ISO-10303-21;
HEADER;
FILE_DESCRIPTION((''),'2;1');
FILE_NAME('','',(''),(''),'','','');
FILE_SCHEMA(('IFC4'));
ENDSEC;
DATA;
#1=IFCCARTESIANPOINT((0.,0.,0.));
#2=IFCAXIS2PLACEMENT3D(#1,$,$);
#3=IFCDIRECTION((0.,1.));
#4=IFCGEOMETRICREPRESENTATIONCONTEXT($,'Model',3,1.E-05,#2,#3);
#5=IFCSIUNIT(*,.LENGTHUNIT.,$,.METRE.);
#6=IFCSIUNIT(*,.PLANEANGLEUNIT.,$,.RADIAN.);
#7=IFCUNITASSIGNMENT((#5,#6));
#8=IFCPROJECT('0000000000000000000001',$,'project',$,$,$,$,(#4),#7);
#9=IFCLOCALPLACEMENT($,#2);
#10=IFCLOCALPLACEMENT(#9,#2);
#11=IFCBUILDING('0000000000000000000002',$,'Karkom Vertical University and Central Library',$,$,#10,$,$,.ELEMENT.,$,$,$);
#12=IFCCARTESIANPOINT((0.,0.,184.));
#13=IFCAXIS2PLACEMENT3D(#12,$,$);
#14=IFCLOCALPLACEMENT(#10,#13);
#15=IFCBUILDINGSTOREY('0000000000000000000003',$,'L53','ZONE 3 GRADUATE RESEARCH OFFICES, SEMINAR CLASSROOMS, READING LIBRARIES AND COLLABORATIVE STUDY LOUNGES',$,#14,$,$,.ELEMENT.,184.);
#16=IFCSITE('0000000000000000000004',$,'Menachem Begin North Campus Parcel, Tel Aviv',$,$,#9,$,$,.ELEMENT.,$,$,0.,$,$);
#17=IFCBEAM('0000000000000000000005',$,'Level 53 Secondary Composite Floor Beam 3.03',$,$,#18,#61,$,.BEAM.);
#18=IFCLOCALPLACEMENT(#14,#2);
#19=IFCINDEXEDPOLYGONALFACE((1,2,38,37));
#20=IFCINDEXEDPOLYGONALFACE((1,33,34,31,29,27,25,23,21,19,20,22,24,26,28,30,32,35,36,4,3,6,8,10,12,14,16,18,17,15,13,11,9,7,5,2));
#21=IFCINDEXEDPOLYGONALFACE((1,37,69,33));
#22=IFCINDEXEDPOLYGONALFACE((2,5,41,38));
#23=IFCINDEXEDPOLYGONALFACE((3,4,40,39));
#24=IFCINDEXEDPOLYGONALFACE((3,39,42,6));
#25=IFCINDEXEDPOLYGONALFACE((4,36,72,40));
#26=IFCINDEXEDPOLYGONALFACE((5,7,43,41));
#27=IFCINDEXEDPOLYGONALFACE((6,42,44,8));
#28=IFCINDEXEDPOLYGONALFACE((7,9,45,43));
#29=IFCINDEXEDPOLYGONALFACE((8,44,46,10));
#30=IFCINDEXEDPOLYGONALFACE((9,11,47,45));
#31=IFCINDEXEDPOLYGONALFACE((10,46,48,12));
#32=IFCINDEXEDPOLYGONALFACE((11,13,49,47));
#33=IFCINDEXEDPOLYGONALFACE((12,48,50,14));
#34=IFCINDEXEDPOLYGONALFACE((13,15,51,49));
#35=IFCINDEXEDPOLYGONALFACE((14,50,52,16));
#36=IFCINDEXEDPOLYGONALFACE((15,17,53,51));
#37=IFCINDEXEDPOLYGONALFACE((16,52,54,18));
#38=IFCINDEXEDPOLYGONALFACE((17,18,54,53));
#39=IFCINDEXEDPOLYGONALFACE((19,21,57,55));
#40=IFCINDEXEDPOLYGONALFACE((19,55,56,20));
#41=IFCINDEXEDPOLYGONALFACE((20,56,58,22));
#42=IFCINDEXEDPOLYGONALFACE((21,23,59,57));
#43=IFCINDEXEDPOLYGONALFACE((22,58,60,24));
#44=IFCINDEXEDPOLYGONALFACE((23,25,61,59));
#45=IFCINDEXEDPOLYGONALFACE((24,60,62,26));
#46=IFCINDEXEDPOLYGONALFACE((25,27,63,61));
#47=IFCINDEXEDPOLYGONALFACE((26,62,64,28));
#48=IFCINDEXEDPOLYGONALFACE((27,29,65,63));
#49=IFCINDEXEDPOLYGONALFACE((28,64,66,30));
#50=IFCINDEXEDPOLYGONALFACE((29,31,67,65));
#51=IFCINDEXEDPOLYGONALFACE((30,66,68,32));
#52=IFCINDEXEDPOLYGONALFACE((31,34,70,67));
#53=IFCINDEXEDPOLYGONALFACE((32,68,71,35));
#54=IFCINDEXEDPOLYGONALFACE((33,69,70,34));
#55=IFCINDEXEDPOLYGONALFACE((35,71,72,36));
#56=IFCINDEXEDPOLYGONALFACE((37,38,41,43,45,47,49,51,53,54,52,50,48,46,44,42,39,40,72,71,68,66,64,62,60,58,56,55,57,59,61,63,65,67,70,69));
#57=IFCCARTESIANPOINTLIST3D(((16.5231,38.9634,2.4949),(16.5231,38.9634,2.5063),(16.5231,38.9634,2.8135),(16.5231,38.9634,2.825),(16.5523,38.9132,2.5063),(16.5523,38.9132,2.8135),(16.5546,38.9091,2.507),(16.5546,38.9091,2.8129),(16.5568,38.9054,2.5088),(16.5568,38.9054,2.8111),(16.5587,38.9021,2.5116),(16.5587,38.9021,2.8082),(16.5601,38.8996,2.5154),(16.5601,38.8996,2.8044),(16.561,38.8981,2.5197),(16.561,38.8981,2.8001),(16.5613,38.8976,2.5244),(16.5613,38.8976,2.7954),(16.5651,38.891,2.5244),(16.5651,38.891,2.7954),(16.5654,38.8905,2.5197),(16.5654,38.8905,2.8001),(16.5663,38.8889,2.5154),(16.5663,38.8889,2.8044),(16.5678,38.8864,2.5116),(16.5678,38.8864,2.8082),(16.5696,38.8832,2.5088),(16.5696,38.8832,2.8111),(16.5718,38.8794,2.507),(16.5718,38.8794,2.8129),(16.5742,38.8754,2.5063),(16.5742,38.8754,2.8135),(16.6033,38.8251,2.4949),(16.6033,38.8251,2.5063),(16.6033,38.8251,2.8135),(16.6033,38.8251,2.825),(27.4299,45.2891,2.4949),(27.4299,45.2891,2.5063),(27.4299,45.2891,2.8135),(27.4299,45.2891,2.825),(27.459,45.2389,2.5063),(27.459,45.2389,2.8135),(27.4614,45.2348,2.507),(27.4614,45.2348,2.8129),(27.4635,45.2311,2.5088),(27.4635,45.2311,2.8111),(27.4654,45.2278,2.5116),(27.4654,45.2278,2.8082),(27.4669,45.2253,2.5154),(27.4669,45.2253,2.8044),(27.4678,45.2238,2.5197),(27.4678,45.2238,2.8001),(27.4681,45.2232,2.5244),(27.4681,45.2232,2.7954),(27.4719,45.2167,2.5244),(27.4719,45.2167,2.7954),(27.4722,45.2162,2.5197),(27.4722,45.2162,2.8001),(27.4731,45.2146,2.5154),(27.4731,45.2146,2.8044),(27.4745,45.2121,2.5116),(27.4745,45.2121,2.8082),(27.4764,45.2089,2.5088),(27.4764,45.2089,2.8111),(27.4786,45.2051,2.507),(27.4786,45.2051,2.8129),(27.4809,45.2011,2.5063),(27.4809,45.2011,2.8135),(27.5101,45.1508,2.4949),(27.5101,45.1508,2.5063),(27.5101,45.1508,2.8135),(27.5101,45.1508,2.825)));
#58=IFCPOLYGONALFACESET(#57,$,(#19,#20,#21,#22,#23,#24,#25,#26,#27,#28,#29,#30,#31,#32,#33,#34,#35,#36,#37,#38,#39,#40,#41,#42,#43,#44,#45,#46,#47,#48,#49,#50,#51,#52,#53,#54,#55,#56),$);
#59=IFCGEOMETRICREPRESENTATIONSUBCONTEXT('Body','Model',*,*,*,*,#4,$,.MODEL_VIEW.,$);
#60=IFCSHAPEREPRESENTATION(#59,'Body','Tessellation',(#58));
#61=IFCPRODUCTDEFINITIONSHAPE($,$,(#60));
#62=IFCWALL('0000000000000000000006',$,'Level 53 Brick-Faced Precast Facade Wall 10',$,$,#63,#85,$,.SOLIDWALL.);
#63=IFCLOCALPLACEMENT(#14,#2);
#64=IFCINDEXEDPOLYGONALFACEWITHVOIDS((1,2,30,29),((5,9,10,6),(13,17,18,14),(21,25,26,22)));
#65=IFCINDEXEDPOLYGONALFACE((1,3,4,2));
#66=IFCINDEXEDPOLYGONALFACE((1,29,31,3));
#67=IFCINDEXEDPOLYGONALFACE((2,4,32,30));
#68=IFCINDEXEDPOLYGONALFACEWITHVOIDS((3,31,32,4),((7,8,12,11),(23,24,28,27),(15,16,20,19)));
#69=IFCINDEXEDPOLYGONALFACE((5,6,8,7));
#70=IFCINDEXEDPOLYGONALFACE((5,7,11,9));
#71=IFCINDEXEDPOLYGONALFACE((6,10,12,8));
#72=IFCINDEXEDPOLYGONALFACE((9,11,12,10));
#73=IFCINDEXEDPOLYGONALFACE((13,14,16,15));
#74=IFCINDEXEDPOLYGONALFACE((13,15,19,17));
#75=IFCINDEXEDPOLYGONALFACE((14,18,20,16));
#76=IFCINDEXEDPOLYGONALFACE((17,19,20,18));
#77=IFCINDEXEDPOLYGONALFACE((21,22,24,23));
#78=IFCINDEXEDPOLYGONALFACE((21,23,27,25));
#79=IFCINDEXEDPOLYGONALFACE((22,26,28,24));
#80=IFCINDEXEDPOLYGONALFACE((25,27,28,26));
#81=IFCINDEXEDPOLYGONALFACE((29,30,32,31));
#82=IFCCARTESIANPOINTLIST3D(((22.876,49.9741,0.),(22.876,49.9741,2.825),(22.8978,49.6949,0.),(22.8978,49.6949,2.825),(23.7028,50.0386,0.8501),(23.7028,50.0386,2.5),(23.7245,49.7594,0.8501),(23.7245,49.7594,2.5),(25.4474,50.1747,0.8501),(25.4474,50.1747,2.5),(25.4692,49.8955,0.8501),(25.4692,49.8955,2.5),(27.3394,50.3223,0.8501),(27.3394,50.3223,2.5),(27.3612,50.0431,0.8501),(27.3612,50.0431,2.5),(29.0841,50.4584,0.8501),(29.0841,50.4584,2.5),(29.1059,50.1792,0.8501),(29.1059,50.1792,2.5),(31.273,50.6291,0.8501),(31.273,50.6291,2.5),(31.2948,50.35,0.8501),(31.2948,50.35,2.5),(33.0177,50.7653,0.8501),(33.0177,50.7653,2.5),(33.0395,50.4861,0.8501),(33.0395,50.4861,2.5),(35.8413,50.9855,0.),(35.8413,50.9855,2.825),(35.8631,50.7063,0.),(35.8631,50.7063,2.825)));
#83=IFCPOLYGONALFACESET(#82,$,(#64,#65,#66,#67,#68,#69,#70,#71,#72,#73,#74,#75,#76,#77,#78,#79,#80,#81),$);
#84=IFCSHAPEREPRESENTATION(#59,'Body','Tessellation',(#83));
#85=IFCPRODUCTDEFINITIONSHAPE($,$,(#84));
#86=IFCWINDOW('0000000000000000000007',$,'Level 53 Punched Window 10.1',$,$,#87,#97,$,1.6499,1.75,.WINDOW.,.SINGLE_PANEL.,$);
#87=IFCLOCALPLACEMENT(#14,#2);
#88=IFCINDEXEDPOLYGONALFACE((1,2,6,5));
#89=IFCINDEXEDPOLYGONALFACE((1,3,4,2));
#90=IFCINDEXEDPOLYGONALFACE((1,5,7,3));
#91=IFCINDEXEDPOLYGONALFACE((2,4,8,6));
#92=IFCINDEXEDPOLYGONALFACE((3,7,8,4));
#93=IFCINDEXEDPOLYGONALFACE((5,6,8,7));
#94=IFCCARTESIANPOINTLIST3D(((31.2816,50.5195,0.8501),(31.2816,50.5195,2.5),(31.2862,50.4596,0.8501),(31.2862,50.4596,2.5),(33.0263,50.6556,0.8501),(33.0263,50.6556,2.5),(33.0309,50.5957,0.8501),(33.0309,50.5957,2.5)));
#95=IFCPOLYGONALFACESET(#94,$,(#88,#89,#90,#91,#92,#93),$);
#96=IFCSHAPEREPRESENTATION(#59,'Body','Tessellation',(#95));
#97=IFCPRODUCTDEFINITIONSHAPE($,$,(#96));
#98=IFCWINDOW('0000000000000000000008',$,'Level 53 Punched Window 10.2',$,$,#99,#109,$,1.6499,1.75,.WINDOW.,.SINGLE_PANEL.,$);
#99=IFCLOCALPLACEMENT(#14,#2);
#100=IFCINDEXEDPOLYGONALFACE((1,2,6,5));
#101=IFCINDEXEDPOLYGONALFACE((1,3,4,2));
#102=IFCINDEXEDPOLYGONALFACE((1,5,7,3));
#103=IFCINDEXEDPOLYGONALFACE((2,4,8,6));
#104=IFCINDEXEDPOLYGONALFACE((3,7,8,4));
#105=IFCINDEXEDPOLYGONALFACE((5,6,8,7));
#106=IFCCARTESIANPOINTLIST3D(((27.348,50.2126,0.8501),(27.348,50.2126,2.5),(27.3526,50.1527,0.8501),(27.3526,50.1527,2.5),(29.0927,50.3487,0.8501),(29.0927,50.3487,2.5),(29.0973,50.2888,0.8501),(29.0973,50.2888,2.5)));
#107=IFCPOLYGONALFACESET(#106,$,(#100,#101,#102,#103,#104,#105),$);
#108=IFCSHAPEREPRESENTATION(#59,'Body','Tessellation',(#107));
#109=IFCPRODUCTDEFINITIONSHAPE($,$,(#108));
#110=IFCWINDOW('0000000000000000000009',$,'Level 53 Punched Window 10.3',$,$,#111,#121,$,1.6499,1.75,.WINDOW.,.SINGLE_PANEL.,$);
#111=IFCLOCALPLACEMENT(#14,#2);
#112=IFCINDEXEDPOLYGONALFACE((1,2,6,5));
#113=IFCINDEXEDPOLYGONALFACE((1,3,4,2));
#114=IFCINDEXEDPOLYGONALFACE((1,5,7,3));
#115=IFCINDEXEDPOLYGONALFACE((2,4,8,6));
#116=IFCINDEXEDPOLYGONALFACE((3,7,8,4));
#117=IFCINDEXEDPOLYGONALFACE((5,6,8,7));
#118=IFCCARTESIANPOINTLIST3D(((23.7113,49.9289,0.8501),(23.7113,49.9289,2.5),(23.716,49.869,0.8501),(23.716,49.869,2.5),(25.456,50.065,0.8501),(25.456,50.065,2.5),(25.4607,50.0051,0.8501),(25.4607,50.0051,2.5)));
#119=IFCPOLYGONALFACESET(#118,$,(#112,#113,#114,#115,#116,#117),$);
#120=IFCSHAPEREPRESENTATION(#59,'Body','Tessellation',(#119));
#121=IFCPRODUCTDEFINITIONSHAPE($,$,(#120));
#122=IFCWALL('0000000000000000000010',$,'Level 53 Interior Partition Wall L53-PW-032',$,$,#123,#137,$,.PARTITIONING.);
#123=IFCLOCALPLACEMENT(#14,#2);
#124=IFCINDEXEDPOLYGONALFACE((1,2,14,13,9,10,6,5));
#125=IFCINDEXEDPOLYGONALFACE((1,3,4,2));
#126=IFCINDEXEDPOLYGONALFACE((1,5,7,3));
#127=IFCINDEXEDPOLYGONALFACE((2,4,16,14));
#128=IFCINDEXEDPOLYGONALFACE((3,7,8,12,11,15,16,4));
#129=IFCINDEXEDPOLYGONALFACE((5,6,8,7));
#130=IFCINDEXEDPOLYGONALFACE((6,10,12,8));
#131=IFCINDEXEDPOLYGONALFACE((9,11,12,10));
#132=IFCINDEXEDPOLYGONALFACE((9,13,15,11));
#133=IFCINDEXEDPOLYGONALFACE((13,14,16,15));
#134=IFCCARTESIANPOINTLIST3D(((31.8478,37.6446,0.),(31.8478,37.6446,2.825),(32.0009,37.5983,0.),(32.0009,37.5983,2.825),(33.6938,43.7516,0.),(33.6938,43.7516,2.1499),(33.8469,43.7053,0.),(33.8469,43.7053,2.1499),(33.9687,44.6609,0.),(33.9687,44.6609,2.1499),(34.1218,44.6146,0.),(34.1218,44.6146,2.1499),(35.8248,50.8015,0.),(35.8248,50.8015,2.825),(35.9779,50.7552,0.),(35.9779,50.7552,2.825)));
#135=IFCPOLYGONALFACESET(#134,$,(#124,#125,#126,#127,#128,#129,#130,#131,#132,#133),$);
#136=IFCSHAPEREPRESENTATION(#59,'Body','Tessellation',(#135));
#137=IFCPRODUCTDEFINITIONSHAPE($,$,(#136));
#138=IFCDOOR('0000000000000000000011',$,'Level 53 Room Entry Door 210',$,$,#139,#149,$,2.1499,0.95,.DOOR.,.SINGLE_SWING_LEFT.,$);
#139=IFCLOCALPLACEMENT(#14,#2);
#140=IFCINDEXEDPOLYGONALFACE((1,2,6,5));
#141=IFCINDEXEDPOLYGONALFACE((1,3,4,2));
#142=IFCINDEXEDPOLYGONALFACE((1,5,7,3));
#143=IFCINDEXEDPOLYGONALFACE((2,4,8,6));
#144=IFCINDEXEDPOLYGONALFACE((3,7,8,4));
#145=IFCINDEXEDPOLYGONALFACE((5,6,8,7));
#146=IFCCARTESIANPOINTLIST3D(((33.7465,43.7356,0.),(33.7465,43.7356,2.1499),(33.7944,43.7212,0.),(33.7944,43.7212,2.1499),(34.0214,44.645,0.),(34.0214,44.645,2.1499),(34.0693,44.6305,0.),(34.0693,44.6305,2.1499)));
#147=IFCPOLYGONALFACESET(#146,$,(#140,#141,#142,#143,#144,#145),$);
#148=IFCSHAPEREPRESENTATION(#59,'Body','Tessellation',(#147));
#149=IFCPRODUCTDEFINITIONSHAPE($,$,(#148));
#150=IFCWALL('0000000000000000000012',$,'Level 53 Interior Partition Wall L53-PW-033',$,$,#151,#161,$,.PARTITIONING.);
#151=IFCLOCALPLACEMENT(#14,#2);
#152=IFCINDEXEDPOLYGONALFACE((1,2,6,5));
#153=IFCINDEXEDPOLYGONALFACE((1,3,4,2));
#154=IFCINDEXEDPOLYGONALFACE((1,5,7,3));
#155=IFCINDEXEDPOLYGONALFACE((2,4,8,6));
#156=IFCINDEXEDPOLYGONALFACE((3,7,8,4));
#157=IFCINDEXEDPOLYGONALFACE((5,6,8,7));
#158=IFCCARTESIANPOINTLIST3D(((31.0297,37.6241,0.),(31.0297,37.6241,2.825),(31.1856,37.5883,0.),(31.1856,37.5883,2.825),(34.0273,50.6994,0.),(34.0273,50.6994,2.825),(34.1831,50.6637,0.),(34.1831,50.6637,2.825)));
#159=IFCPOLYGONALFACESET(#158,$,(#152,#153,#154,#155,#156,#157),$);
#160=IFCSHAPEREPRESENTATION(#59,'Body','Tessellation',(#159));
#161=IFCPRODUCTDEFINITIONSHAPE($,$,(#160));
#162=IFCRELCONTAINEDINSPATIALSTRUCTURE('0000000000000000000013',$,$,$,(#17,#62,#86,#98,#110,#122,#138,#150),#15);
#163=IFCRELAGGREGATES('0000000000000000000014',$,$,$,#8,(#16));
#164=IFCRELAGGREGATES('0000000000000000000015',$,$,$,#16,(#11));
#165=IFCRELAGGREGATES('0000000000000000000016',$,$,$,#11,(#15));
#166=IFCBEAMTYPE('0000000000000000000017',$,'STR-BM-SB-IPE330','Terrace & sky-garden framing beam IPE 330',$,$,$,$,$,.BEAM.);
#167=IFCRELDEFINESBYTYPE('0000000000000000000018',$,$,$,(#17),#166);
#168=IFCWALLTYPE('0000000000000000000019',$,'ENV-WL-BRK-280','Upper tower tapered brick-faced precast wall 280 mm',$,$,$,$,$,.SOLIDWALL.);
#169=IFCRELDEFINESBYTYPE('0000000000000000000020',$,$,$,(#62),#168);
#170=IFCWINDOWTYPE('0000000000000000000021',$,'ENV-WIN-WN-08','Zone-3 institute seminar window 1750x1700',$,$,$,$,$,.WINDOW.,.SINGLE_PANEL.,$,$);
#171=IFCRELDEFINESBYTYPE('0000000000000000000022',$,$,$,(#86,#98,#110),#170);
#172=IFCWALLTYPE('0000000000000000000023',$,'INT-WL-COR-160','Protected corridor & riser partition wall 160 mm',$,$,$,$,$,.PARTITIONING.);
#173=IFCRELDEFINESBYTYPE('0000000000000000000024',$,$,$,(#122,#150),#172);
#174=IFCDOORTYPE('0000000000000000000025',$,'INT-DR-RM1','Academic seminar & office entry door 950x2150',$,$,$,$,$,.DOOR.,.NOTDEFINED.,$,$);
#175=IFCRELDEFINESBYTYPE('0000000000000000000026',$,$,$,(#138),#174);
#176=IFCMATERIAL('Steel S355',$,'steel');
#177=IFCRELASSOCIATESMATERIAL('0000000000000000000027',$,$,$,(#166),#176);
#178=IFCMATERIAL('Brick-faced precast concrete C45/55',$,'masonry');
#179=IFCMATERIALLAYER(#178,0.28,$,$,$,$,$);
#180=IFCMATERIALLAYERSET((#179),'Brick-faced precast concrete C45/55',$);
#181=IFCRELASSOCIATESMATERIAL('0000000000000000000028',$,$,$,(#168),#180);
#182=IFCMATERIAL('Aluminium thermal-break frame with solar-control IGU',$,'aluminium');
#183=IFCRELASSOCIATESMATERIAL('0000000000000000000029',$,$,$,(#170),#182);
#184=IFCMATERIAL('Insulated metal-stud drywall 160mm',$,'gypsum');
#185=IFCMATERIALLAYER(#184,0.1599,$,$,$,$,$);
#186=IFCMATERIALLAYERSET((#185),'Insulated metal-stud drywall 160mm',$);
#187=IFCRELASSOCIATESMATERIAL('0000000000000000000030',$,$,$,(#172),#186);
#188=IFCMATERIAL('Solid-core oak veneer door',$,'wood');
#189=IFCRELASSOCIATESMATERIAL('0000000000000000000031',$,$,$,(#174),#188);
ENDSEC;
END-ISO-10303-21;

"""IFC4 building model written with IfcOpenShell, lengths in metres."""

from ifc_helpers import new_model, si_unit, direction, frame, frame_2d, origin, origin_with_axes, origin_2d, place, context, subcontext, project, spatial, rectangle, i_section, extrude, source, transform, mapped, material, layer, layer_set, material_profile, profile_set, type_object, element, fill, save


model = new_model("IFC4")

# Units and contexts
model_context = context("Model", 3, precision=1e-05, world=origin(), true_north=direction((0.0, 1.0)))
body_context = subcontext(model_context, "Body", "Model", "MODEL_VIEW")
ifc_project = project(units=[si_unit("LENGTHUNIT", "METRE"), si_unit("PLANEANGLEUNIT", "RADIAN")], contexts=[model_context])

# Site, building, storey
site_placement = place(None, origin())
site = spatial("IfcSite", under=ifc_project, at=site_placement, Name="Menachem Begin North Campus Parcel, Tel Aviv", CompositionType="ELEMENT", RefElevation=0.0)
building_placement = place(site_placement, origin())
building = spatial("IfcBuilding", under=site, at=building_placement, Name="Karkom Vertical University and Central Library", CompositionType="ELEMENT")
storey_placement = place(building_placement, frame((0.0, 0.0, 184.0)))
storey = spatial("IfcBuildingStorey", under=building, at=storey_placement, Name="L53", Description="ZONE 3 GRADUATE RESEARCH OFFICES, SEMINAR CLASSROOMS, READING LIBRARIES AND COLLABORATIVE STUDY LOUNGES", CompositionType="ELEMENT", Elevation=184.0)

# Beam
ifc_material_1 = material(Name="Steel S355", Category="steel")
ifc_material_profile_1 = material_profile(ifc_material_1, i_section(OverallWidth=0.1599, OverallDepth=0.3301, WebThickness=0.0076, FlangeThickness=0.0115, FilletRadius=0.0181, at=origin_2d()), Name="IPE 330")
ifc_profile_set_1 = profile_set([ifc_material_profile_1], Name="Steel S355")
beam_type_1 = type_object("IfcBeamType", Name="STR-BM-SB-IPE330", Description="Terrace & sky-garden framing beam IPE 330", PredefinedType="BEAM", material=ifc_profile_set_1)
shared_shape_1 = source(origin_with_axes(), body_context, "Body", "SweptSolid", [
    extrude(i_section(OverallWidth=0.1599, OverallDepth=0.3301, WebThickness=0.0076, FlangeThickness=0.0115, FilletRadius=0.0181, at=origin_2d()), origin(), (0.0, 0.0, 1.0), 12.6084),
])
beam_1_placement = place(storey_placement, frame((27.47, 45.22, 2.6599), z_axis=(-0.865039, -0.501705, 0.0), x_axis=(0.501705, -0.865039, 0.0)))
element("IfcBeam", 1, at=beam_1_placement, inside=storey, type_object=beam_type_1, Name="Level 53 Secondary Composite Floor Beam 3.03", PredefinedType="BEAM", context=body_context, shape_type="MappedRepresentation", body=[
    mapped(shared_shape_1, transform((0.0, 0.0, 0.0), scale=1.0)),
])

# Wall, openings, windows
ifc_material_2 = material(Name="Brick-faced precast concrete C45/55", Category="masonry")
ifc_layer_1 = layer(ifc_material_2, 0.28)
ifc_layer_set_1 = layer_set([ifc_layer_1], Name="Brick-faced precast concrete C45/55")
wall_type_1 = type_object("IfcWallType", Name="ENV-WL-BRK-280", Description="Upper tower tapered brick-faced precast wall 280 mm", PredefinedType="SOLIDWALL", material=ifc_layer_set_1)
wall_1_placement = place(storey_placement, frame((35.8523, 50.8459, 0.0), z_axis=(0.0, 0.0, 1.0), x_axis=(-0.996971, -0.077777, 0.0)))
wall_1 = element("IfcWall", 2, at=wall_1_placement, inside=storey, type_object=wall_type_1, Name="Level 53 Brick-Faced Precast Facade Wall 10", PredefinedType="SOLIDWALL", context=body_context, shape_type="SweptSolid", body=[
    extrude(rectangle(XDim=13.0046, YDim=0.28, at=frame_2d((6.5024, 0.0))), origin(), (0.0, 0.0, 1.0), 2.825),
])
opening_1_placement = place(wall_1_placement, frame((2.8323, 0.0, 0.8501)))
opening_1 = element("IfcOpeningElement", 3, at=opening_1_placement, cuts=wall_1, PredefinedType="OPENING", context=body_context, shape_type="SweptSolid", body=[
    extrude(rectangle(XDim=1.75, YDim=1.6499, at=frame_2d((0.875, 0.825))), frame((0.0, 0.1499, 0.0), z_axis=(0.0, -1.0, 0.0), x_axis=(1.0, 0.0, 0.0)), (0.0, 0.0, 1.0), 0.3),
])
opening_2_placement = place(wall_1_placement, frame((6.7778, 0.0, 0.8501)))
opening_2 = element("IfcOpeningElement", 4, at=opening_2_placement, cuts=wall_1, PredefinedType="OPENING", context=body_context, shape_type="SweptSolid", body=[
    extrude(rectangle(XDim=1.75, YDim=1.6499, at=frame_2d((0.875, 0.825))), frame((0.0, 0.1499, 0.0), z_axis=(0.0, -1.0, 0.0), x_axis=(1.0, 0.0, 0.0)), (0.0, 0.0, 1.0), 0.3),
])
opening_3_placement = place(wall_1_placement, frame((10.4255, 0.0, 0.8501)))
opening_3 = element("IfcOpeningElement", 5, at=opening_3_placement, cuts=wall_1, PredefinedType="OPENING", context=body_context, shape_type="SweptSolid", body=[
    extrude(rectangle(XDim=1.75, YDim=1.6499, at=frame_2d((0.875, 0.825))), frame((0.0, 0.1499, 0.0), z_axis=(0.0, -1.0, 0.0), x_axis=(1.0, 0.0, 0.0)), (0.0, 0.0, 1.0), 0.3),
])
ifc_material_3 = material(Name="Aluminium thermal-break frame with solar-control IGU", Category="aluminium")
window_type = type_object("IfcWindowType", Name="ENV-WIN-WN-08", Description="Zone-3 institute seminar window 1750x1700", PartitioningType="SINGLE_PANEL", PredefinedType="WINDOW", material=ifc_material_3)
shared_shape_2 = source(origin_with_axes(), body_context, "Body", "SweptSolid", [
    extrude(rectangle(XDim=1.75, YDim=1.6499, at=frame_2d((0.875, 0.825))), frame((0.0, 0.03, 0.0), z_axis=(0.0, -1.0, 0.0), x_axis=(1.0, 0.0, 0.0)), (0.0, 0.0, 1.0), 0.0601),
])
window_1_placement = place(opening_1_placement, origin())
window_1 = element("IfcWindow", 6, at=window_1_placement, inside=storey, type_object=window_type, Name="Level 53 Punched Window 10.1", OverallHeight=1.6499, OverallWidth=1.75, PartitioningType="SINGLE_PANEL", PredefinedType="WINDOW", context=body_context, shape_type="MappedRepresentation", body=[
    mapped(shared_shape_2, transform((0.0, 0.0, 0.0), scale=1.0)),
])
fill(opening_1, window_1)
window_2_placement = place(opening_2_placement, origin())
window_2 = element("IfcWindow", 7, at=window_2_placement, inside=storey, type_object=window_type, Name="Level 53 Punched Window 10.2", OverallHeight=1.6499, OverallWidth=1.75, PartitioningType="SINGLE_PANEL", PredefinedType="WINDOW", context=body_context, shape_type="MappedRepresentation", body=[
    mapped(shared_shape_2, transform((0.0, 0.0, 0.0), scale=1.0)),
])
fill(opening_2, window_2)
window_3_placement = place(opening_3_placement, origin())
window_3 = element("IfcWindow", 8, at=window_3_placement, inside=storey, type_object=window_type, Name="Level 53 Punched Window 10.3", OverallHeight=1.6499, OverallWidth=1.75, PartitioningType="SINGLE_PANEL", PredefinedType="WINDOW", context=body_context, shape_type="MappedRepresentation", body=[
    mapped(shared_shape_2, transform((0.0, 0.0, 0.0), scale=1.0)),
])
fill(opening_3, window_3)

# Wall, opening, door
ifc_material_4 = material(Name="Insulated metal-stud drywall 160mm", Category="gypsum")
ifc_layer_2 = layer(ifc_material_4, 0.1599)
ifc_layer_set_2 = layer_set([ifc_layer_2], Name="Insulated metal-stud drywall 160mm")
wall_type_2 = type_object("IfcWallType", Name="INT-WL-COR-160", Description="Protected corridor & riser partition wall 160 mm", PredefinedType="PARTITIONING", material=ifc_layer_set_2)
wall_2_placement = place(storey_placement, frame((31.9243, 37.6213, 0.0), z_axis=(0.0, 0.0, 1.0), x_axis=(0.289347, 0.957224, 0.0)))
wall_2 = element("IfcWall", 9, at=wall_2_placement, inside=storey, type_object=wall_type_2, Name="Level 53 Interior Partition Wall L53-PW-032", PredefinedType="PARTITIONING", context=body_context, shape_type="SweptSolid", body=[
    extrude(rectangle(XDim=13.7449, YDim=0.1599, at=frame_2d((6.8726, 0.0))), origin(), (0.0, 0.0, 1.0), 2.825),
])
opening_4_placement = place(wall_2_placement, frame((6.3799, 0.0, 0.0)))
opening_4 = element("IfcOpeningElement", 10, at=opening_4_placement, cuts=wall_2, PredefinedType="OPENING", context=body_context, shape_type="SweptSolid", body=[
    extrude(rectangle(XDim=0.95, YDim=2.1499, at=frame_2d((0.4751, 1.075))), frame((0.0, 0.0898, 0.0), z_axis=(0.0, -1.0, 0.0), x_axis=(1.0, 0.0, 0.0)), (0.0, 0.0, 1.0), 0.1799),
])
ifc_material_5 = material(Name="Solid-core oak veneer door", Category="wood")
door_type = type_object("IfcDoorType", Name="INT-DR-RM1", Description="Academic seminar & office entry door 950x2150", OperationType="NOTDEFINED", PredefinedType="DOOR", material=ifc_material_5)
shared_shape_3 = source(origin_with_axes(), body_context, "Body", "SweptSolid", [
    extrude(rectangle(XDim=0.95, YDim=2.1499, at=frame_2d((0.4751, 1.075))), frame((0.0, 0.0249, 0.0), z_axis=(0.0, -1.0, 0.0), x_axis=(1.0, 0.0, 0.0)), (0.0, 0.0, 1.0), 0.05),
])
door_placement = place(opening_4_placement, origin())
door = element("IfcDoor", 11, at=door_placement, inside=storey, type_object=door_type, Name="Level 53 Room Entry Door 210", OperationType="SINGLE_SWING_LEFT", OverallHeight=2.1499, OverallWidth=0.95, PredefinedType="DOOR", context=body_context, shape_type="MappedRepresentation", body=[
    mapped(shared_shape_3, transform((0.0, 0.0, 0.0), scale=1.0)),
])
fill(opening_4, door)

# Wall
wall_3_placement = place(storey_placement, frame((31.1077, 37.6062, 0.0), z_axis=(0.0, 0.0, 1.0), x_axis=(0.223454, 0.974714, 0.0)))
element("IfcWall", 12, at=wall_3_placement, inside=storey, type_object=wall_type_2, Name="Level 53 Interior Partition Wall L53-PW-033", PredefinedType="PARTITIONING", context=body_context, shape_type="SweptSolid", body=[
    extrude(rectangle(XDim=13.4146, YDim=0.1599, at=frame_2d((6.7073, 0.0))), origin(), (0.0, 0.0, 1.0), 2.825),
])

save(model, "model.ifc")
